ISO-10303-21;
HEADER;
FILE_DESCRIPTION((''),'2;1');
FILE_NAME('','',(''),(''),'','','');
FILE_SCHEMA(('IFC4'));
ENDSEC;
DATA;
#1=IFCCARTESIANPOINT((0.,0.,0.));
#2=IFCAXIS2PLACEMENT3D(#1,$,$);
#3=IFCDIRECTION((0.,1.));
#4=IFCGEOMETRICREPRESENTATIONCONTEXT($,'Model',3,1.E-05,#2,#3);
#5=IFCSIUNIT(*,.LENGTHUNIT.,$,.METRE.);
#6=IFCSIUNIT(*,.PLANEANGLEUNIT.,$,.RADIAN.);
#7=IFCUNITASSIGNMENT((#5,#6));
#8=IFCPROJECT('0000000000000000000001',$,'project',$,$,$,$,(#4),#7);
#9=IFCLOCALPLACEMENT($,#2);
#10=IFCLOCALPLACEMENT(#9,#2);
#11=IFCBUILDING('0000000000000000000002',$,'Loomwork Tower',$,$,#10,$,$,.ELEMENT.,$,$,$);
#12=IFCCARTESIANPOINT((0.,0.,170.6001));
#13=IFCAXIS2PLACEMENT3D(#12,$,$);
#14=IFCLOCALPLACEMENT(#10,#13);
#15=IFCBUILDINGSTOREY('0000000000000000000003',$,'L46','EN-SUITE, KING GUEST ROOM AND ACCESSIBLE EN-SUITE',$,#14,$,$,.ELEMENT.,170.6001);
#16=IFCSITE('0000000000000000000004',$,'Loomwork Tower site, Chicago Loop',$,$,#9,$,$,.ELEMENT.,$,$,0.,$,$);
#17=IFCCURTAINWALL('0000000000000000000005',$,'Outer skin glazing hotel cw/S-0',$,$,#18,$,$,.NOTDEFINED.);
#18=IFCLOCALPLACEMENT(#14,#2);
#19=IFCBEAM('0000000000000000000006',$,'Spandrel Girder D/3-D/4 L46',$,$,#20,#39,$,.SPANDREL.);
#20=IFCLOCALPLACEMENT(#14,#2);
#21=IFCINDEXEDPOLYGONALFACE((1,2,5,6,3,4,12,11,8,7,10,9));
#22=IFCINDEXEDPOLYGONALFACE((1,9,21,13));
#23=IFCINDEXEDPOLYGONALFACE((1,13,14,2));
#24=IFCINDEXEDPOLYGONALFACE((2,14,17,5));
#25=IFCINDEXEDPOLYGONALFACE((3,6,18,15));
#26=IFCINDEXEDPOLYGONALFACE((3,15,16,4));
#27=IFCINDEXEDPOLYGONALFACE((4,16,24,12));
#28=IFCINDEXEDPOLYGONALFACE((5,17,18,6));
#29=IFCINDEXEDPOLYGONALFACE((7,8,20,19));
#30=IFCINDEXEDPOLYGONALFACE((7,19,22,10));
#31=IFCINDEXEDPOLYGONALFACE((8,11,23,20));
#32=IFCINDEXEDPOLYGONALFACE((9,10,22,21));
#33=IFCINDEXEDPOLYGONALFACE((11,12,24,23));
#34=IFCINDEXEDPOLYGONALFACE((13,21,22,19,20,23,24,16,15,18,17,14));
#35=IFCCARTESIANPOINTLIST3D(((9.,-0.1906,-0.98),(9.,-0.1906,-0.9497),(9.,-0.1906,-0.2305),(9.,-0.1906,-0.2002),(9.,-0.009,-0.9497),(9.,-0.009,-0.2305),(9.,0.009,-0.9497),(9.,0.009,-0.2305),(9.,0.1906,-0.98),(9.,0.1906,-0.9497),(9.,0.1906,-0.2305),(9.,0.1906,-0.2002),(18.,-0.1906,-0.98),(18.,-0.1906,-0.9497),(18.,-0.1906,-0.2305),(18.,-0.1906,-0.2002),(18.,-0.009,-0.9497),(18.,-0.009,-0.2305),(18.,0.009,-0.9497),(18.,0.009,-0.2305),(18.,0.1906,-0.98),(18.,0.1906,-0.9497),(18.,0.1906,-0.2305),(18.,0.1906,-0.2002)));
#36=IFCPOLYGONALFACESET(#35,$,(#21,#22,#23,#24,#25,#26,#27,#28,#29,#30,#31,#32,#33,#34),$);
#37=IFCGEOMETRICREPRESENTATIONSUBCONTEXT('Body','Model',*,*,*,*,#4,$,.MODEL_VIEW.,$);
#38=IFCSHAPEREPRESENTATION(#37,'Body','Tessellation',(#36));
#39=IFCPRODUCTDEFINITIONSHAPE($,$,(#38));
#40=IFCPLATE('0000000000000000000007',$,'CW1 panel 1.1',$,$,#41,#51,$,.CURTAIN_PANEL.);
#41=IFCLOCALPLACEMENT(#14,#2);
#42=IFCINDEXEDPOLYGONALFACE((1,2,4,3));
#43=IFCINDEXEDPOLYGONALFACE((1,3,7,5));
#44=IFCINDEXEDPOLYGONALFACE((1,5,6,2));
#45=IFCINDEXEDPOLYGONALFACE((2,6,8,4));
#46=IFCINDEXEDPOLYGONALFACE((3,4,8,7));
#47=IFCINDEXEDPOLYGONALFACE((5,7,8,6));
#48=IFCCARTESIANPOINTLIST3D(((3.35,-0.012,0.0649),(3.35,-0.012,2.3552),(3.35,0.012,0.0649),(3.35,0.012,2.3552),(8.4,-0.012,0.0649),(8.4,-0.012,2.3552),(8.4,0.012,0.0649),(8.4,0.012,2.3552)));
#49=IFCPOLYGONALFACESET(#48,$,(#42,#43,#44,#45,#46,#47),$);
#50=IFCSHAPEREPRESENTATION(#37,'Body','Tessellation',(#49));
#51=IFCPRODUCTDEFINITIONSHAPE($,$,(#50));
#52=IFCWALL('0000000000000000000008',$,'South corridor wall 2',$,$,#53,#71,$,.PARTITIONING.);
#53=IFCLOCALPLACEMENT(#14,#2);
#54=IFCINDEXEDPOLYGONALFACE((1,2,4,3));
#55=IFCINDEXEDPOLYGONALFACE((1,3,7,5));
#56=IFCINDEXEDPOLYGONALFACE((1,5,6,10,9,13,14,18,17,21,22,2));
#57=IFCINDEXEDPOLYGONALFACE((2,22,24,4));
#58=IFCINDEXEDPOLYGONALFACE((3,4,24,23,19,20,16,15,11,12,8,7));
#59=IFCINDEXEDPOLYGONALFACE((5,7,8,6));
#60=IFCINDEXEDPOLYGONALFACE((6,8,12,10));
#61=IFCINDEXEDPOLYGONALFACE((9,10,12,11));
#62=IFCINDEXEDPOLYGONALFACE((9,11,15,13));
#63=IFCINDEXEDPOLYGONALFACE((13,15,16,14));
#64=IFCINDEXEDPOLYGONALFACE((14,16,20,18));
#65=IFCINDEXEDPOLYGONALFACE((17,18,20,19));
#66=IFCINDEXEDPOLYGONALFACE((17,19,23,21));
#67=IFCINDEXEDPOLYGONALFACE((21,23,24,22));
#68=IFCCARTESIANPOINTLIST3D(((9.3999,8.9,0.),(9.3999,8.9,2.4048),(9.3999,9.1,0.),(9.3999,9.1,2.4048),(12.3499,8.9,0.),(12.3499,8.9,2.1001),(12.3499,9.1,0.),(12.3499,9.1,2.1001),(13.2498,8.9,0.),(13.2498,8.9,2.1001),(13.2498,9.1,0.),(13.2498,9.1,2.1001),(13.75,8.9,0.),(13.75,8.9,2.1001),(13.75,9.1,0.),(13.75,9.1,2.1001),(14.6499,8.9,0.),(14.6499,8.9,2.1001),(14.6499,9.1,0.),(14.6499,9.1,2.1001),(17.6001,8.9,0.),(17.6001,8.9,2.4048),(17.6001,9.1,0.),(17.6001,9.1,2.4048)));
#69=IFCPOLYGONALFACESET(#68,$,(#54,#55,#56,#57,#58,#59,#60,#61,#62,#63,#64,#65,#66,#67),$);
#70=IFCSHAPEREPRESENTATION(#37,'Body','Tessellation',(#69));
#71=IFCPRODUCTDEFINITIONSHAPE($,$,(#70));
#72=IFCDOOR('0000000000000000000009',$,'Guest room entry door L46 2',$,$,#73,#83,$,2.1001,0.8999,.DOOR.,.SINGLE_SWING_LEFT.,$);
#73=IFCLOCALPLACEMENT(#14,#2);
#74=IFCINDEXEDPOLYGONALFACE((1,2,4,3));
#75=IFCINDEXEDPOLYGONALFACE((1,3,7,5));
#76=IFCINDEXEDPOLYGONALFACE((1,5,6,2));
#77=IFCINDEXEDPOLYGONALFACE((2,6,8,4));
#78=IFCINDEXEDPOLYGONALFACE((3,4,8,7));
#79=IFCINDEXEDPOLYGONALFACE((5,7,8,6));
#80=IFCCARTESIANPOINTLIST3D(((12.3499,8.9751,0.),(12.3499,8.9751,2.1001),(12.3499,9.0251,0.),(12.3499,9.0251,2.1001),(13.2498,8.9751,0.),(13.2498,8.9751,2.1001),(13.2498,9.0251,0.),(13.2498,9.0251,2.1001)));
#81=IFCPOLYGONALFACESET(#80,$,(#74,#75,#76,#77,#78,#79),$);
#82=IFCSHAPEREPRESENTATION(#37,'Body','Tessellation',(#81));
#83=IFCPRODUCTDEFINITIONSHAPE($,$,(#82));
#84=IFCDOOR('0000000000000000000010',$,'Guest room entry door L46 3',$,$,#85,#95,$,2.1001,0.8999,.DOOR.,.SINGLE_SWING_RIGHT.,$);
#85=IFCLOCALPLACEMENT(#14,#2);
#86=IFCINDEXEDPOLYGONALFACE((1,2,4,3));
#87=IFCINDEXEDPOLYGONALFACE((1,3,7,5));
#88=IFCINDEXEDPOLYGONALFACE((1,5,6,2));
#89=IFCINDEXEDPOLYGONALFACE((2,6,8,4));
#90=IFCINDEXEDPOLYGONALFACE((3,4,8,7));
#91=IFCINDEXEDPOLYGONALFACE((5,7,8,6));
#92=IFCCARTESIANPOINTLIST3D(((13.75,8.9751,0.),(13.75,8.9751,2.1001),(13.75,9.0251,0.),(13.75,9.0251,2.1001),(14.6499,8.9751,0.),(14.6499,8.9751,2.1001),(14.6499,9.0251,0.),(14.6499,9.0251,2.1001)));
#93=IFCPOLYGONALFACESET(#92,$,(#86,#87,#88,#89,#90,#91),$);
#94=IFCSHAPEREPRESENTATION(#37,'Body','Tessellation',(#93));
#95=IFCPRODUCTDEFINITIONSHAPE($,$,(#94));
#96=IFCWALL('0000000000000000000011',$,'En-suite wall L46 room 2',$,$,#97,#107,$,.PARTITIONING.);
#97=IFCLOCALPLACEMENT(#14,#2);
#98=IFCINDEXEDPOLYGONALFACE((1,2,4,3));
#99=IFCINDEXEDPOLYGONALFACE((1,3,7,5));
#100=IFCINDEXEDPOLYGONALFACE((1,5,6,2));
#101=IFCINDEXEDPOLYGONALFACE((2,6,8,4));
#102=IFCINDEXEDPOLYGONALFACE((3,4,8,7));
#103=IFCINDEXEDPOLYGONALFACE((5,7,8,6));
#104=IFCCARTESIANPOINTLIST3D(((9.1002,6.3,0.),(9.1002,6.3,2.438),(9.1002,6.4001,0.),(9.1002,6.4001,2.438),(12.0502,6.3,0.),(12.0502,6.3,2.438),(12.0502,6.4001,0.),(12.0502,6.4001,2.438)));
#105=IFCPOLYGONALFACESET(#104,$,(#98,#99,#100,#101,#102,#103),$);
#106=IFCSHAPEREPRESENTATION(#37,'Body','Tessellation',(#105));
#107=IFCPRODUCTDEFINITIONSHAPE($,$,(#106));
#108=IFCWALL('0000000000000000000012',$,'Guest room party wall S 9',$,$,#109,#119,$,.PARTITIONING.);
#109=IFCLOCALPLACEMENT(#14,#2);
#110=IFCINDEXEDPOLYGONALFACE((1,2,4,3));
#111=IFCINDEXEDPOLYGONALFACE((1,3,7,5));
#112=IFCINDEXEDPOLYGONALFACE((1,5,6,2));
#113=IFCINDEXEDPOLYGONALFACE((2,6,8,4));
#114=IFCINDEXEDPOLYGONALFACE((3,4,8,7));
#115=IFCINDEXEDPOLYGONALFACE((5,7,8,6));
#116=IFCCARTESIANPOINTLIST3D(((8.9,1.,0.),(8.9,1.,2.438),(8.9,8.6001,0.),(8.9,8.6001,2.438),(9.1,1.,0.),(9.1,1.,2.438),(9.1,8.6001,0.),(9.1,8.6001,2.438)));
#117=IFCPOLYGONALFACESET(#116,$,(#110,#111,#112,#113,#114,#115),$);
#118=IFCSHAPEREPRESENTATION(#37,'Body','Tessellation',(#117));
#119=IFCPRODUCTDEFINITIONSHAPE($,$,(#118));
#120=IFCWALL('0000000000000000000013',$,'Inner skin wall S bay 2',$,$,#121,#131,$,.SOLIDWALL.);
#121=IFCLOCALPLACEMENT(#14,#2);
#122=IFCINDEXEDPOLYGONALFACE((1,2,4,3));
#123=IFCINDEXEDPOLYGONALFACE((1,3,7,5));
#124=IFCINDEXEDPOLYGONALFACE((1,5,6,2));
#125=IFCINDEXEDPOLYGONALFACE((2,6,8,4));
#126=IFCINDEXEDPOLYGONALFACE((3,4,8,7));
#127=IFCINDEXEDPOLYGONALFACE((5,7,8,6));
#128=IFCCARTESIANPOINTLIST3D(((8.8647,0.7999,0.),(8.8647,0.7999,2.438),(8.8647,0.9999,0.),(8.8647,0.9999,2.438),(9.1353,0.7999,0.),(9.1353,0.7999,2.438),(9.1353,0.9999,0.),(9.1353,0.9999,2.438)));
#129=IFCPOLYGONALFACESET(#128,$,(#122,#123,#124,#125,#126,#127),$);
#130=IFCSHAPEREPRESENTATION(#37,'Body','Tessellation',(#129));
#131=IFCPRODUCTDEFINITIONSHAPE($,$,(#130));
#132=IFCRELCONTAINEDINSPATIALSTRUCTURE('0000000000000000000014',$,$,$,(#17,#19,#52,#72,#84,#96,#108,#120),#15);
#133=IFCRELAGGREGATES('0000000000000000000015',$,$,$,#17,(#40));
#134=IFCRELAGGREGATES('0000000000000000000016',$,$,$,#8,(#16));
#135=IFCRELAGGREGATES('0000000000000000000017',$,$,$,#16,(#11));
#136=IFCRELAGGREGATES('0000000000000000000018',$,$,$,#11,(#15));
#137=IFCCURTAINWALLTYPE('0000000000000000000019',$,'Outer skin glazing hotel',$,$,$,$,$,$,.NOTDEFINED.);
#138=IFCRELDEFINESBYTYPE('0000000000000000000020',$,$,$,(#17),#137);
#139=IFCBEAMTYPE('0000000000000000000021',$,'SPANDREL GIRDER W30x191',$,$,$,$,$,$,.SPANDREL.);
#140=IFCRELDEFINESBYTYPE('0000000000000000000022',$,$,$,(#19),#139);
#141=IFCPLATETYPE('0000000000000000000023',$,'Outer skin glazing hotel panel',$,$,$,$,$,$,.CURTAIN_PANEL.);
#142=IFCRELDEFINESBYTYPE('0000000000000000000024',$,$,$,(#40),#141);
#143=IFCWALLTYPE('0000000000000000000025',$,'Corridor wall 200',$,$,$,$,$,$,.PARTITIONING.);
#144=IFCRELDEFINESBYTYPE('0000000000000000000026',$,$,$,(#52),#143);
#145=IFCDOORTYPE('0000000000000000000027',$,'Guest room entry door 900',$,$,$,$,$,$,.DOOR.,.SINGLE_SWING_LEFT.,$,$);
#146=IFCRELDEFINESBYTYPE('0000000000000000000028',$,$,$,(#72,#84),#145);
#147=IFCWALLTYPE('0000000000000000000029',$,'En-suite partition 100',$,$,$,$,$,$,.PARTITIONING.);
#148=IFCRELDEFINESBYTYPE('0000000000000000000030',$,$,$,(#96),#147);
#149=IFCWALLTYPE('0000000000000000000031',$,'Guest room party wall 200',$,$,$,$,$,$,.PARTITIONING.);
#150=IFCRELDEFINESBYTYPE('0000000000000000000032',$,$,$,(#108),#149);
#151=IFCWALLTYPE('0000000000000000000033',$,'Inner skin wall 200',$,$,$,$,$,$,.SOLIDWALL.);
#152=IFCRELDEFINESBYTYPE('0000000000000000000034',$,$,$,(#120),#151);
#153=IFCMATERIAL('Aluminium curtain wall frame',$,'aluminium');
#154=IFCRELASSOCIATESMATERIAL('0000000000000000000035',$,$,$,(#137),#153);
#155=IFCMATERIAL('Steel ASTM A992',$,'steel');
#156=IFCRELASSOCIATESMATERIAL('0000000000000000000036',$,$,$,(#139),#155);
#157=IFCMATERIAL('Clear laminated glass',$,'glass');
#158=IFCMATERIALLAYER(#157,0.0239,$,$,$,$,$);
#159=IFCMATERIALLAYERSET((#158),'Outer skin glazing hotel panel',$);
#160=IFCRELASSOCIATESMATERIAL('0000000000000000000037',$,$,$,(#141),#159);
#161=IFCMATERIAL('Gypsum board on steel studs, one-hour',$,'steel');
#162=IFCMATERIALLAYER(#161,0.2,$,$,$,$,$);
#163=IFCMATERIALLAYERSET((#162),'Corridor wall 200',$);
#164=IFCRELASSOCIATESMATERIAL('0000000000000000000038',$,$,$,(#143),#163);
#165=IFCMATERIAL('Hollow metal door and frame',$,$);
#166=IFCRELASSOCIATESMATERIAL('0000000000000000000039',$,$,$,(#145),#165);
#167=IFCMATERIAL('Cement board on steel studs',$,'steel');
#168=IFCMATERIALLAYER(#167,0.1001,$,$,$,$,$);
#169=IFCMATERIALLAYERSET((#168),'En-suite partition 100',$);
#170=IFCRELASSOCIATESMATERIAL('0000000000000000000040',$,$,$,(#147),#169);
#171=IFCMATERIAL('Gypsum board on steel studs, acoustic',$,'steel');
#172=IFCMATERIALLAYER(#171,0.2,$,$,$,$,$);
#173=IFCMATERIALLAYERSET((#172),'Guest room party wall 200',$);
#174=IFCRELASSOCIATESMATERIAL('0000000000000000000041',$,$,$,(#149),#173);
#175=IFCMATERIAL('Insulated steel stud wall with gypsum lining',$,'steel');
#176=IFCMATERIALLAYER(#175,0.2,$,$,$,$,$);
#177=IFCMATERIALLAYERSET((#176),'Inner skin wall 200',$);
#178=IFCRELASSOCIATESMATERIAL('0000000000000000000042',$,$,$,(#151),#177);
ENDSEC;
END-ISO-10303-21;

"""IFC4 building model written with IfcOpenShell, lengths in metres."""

from ifc_helpers import new_model, si_unit, direction, frame, frame_2d, origin, origin_2d, place, context, subcontext, project, spatial, rectangle, i_section, extrude, material, layer, layer_set, material_profile, profile_set, type_object, element, fill, aggregate, save


model = new_model("IFC4")

# Units and contexts
model_context = context("Model", 3, precision=1e-05, world=origin(), true_north=direction((0.0, 1.0)))
body_context = subcontext(model_context, "Body", "Model", "MODEL_VIEW")
ifc_project = project(units=[si_unit("LENGTHUNIT", "METRE"), si_unit("PLANEANGLEUNIT", "RADIAN")], contexts=[model_context])

# Site, building, storey
site_placement = place(None, origin())
site = spatial("IfcSite", under=ifc_project, at=site_placement, Name="Loomwork Tower site, Chicago Loop", CompositionType="ELEMENT", RefElevation=0.0)
building_placement = place(site_placement, origin())
building = spatial("IfcBuilding", under=site, at=building_placement, Name="Loomwork Tower", CompositionType="ELEMENT")
storey_placement = place(building_placement, frame((0.0, 0.0, 170.6001)))
storey = spatial("IfcBuildingStorey", under=building, at=storey_placement, Name="L46", Description="EN-SUITE, KING GUEST ROOM AND ACCESSIBLE EN-SUITE", CompositionType="ELEMENT", Elevation=170.6001)

# Curtain wall
ifc_material_1 = material(Name="Aluminium curtain wall frame", Category="aluminium")
curtain_wall_type = type_object("IfcCurtainWallType", Name="Outer skin glazing hotel", PredefinedType="NOTDEFINED", material=ifc_material_1)
curtain_wall_1_placement = place(storey_placement, origin())
curtain_wall_1 = element("IfcCurtainWall", 1, at=curtain_wall_1_placement, inside=storey, type_object=curtain_wall_type, Name="Outer skin glazing hotel cw/S-0", PredefinedType="NOTDEFINED")

# Beam
ifc_material_2 = material(Name="Steel ASTM A992", Category="steel")
ifc_material_profile_1 = material_profile(ifc_material_2, i_section(OverallWidth=0.3811, OverallDepth=0.7798, WebThickness=0.0181, FlangeThickness=0.0303, at=origin_2d()), Name="W30x191")
ifc_profile_set_1 = profile_set([ifc_material_profile_1], Name="Steel ASTM A992")
beam_type_1 = type_object("IfcBeamType", Name="SPANDREL GIRDER W30x191", PredefinedType="SPANDREL", material=ifc_profile_set_1)
beam_1_placement = place(storey_placement, frame((9.0, 0.0, -0.5901), z_axis=(1.0, 0.0, 0.0), x_axis=(0.0, 1.0, 0.0)))
element("IfcBeam", 2, at=beam_1_placement, inside=storey, type_object=beam_type_1, Name="Spandrel Girder D/3-D/4 L46", PredefinedType="SPANDREL", context=body_context, shape_type="SweptSolid", body=[
    extrude(i_section(OverallWidth=0.3811, OverallDepth=0.7798, WebThickness=0.0181, FlangeThickness=0.0303, at=origin_2d()), origin(), (0.0, 0.0, 1.0), 9.0),
])

# Plate
ifc_material_3 = material(Name="Clear laminated glass", Category="glass")
ifc_layer_1 = layer(ifc_material_3, 0.0239)
ifc_layer_set_1 = layer_set([ifc_layer_1], Name="Outer skin glazing hotel panel")
plate_type = type_object("IfcPlateType", Name="Outer skin glazing hotel panel", PredefinedType="CURTAIN_PANEL", material=ifc_layer_set_1)
plate_placement = place(storey_placement, frame((5.875, 0.0, 0.0649), z_axis=(0.0, 0.0, 1.0), x_axis=(1.0, 0.0, 0.0)))
plate = element("IfcPlate", 3, at=plate_placement, type_object=plate_type, Name="CW1 panel 1.1", PredefinedType="CURTAIN_PANEL", context=body_context, shape_type="SweptSolid", body=[
    extrude(rectangle(XDim=5.05, YDim=0.0239, at=origin_2d()), origin(), (0.0, 0.0, 1.0), 2.2903),
])
aggregate(curtain_wall_1, [plate])

# Wall, openings, doors
ifc_material_4 = material(Name="Gypsum board on steel studs, one-hour", Category="steel")
ifc_layer_2 = layer(ifc_material_4, 0.2)
ifc_layer_set_2 = layer_set([ifc_layer_2], Name="Corridor wall 200")
wall_type_1 = type_object("IfcWallType", Name="Corridor wall 200", PredefinedType="PARTITIONING", material=ifc_layer_set_2)
wall_1_placement = place(storey_placement, frame((9.3999, 9.0, 0.0), z_axis=(0.0, 0.0, 1.0), x_axis=(1.0, 0.0, 0.0)))
wall_1 = element("IfcWall", 4, at=wall_1_placement, inside=storey, type_object=wall_type_1, Name="South corridor wall 2", PredefinedType="PARTITIONING", context=body_context, shape_type="SweptSolid", body=[
    extrude(rectangle(XDim=8.2002, YDim=0.2, at=frame_2d((4.1001, 0.0))), origin(), (0.0, 0.0, 1.0), 2.4048),
])
opening_1_placement = place(wall_1_placement, frame((2.95, 0.0, 0.0)))
opening_1 = element("IfcOpeningElement", 5, at=opening_1_placement, cuts=wall_1, PredefinedType="OPENING", context=body_context, shape_type="SweptSolid", body=[
    extrude(rectangle(XDim=0.8999, YDim=2.1001, at=frame_2d((0.45, 1.05))), frame((0.0, 0.1099, 0.0), z_axis=(0.0, -1.0, 0.0), x_axis=(1.0, 0.0, 0.0)), (0.0, 0.0, 1.0), 0.22),
])
opening_2_placement = place(wall_1_placement, frame((4.3501, 0.0, 0.0)))
opening_2 = element("IfcOpeningElement", 6, at=opening_2_placement, cuts=wall_1, PredefinedType="OPENING", context=body_context, shape_type="SweptSolid", body=[
    extrude(rectangle(XDim=0.8999, YDim=2.1001, at=frame_2d((0.45, 1.05))), frame((0.0, 0.1099, 0.0), z_axis=(0.0, -1.0, 0.0), x_axis=(1.0, 0.0, 0.0)), (0.0, 0.0, 1.0), 0.22),
])
ifc_material_5 = material(Name="Hollow metal door and frame")
door_type = type_object("IfcDoorType", Name="Guest room entry door 900", OperationType="SINGLE_SWING_LEFT", PredefinedType="DOOR", material=ifc_material_5)
door_1_placement = place(opening_1_placement, frame((0.8999, 0.0, 0.0), z_axis=(0.0, 0.0, 1.0), x_axis=(-1.0, 0.0, 0.0)))
door_1 = element("IfcDoor", 7, at=door_1_placement, inside=storey, type_object=door_type, Name="Guest room entry door L46 2", OperationType="SINGLE_SWING_LEFT", OverallHeight=2.1001, OverallWidth=0.8999, PredefinedType="DOOR", context=body_context, shape_type="SweptSolid", body=[
    extrude(rectangle(XDim=0.8999, YDim=2.1001, at=frame_2d((0.45, 1.05))), frame((0.0, 0.0249, 0.0), z_axis=(0.0, -1.0, 0.0), x_axis=(1.0, 0.0, 0.0)), (0.0, 0.0, 1.0), 0.05),
])
fill(opening_1, door_1)
door_2_placement = place(opening_2_placement, frame((0.8999, 0.0, 0.0), z_axis=(0.0, 0.0, 1.0), x_axis=(-1.0, 0.0, 0.0)))
door_2 = element("IfcDoor", 8, at=door_2_placement, inside=storey, type_object=door_type, Name="Guest room entry door L46 3", OperationType="SINGLE_SWING_RIGHT", OverallHeight=2.1001, OverallWidth=0.8999, PredefinedType="DOOR", context=body_context, shape_type="SweptSolid", body=[
    extrude(rectangle(XDim=0.8999, YDim=2.1001, at=frame_2d((0.45, 1.05))), frame((0.0, 0.0249, 0.0), z_axis=(0.0, -1.0, 0.0), x_axis=(1.0, 0.0, 0.0)), (0.0, 0.0, 1.0), 0.05),
])
fill(opening_2, door_2)

# Walls
ifc_material_6 = material(Name="Cement board on steel studs", Category="steel")
ifc_layer_3 = layer(ifc_material_6, 0.1001)
ifc_layer_set_3 = layer_set([ifc_layer_3], Name="En-suite partition 100")
wall_type_2 = type_object("IfcWallType", Name="En-suite partition 100", PredefinedType="PARTITIONING", material=ifc_layer_set_3)
wall_2_placement = place(storey_placement, frame((9.1001, 6.3501, 0.0), z_axis=(0.0, 0.0, 1.0), x_axis=(1.0, 0.0, 0.0)))
element("IfcWall", 9, at=wall_2_placement, inside=storey, type_object=wall_type_2, Name="En-suite wall L46 room 2", PredefinedType="PARTITIONING", context=body_context, shape_type="SweptSolid", body=[
    extrude(rectangle(XDim=2.95, YDim=0.1001, at=frame_2d((1.4751, 0.0))), origin(), (0.0, 0.0, 1.0), 2.438),
])
ifc_material_7 = material(Name="Gypsum board on steel studs, acoustic", Category="steel")
ifc_layer_4 = layer(ifc_material_7, 0.2)
ifc_layer_set_4 = layer_set([ifc_layer_4], Name="Guest room party wall 200")
wall_type_3 = type_object("IfcWallType", Name="Guest room party wall 200", PredefinedType="PARTITIONING", material=ifc_layer_set_4)
wall_3_placement = place(storey_placement, frame((9.0, 8.6001, 0.0), z_axis=(0.0, 0.0, 1.0), x_axis=(0.0, -1.0, 0.0)))
element("IfcWall", 10, at=wall_3_placement, inside=storey, type_object=wall_type_3, Name="Guest room party wall S 9", PredefinedType="PARTITIONING", context=body_context, shape_type="SweptSolid", body=[
    extrude(rectangle(XDim=7.6001, YDim=0.2, at=frame_2d((3.8, 0.0))), origin(), (0.0, 0.0, 1.0), 2.438),
])
ifc_material_8 = material(Name="Insulated steel stud wall with gypsum lining", Category="steel")
ifc_layer_5 = layer(ifc_material_8, 0.2)
ifc_layer_set_5 = layer_set([ifc_layer_5], Name="Inner skin wall 200")
wall_type_4 = type_object("IfcWallType", Name="Inner skin wall 200", PredefinedType="SOLIDWALL", material=ifc_layer_set_5)
wall_4_placement = place(storey_placement, frame((8.8647, 0.8999, 0.0), z_axis=(0.0, 0.0, 1.0), x_axis=(1.0, 0.0, 0.0)))
element("IfcWall", 11, at=wall_4_placement, inside=storey, type_object=wall_type_4, Name="Inner skin wall S bay 2", PredefinedType="SOLIDWALL", context=body_context, shape_type="SweptSolid", body=[
    extrude(rectangle(XDim=0.2705, YDim=0.2, at=frame_2d((0.1353, 0.0))), origin(), (0.0, 0.0, 1.0), 2.438),
])

save(model, "model.ifc")
